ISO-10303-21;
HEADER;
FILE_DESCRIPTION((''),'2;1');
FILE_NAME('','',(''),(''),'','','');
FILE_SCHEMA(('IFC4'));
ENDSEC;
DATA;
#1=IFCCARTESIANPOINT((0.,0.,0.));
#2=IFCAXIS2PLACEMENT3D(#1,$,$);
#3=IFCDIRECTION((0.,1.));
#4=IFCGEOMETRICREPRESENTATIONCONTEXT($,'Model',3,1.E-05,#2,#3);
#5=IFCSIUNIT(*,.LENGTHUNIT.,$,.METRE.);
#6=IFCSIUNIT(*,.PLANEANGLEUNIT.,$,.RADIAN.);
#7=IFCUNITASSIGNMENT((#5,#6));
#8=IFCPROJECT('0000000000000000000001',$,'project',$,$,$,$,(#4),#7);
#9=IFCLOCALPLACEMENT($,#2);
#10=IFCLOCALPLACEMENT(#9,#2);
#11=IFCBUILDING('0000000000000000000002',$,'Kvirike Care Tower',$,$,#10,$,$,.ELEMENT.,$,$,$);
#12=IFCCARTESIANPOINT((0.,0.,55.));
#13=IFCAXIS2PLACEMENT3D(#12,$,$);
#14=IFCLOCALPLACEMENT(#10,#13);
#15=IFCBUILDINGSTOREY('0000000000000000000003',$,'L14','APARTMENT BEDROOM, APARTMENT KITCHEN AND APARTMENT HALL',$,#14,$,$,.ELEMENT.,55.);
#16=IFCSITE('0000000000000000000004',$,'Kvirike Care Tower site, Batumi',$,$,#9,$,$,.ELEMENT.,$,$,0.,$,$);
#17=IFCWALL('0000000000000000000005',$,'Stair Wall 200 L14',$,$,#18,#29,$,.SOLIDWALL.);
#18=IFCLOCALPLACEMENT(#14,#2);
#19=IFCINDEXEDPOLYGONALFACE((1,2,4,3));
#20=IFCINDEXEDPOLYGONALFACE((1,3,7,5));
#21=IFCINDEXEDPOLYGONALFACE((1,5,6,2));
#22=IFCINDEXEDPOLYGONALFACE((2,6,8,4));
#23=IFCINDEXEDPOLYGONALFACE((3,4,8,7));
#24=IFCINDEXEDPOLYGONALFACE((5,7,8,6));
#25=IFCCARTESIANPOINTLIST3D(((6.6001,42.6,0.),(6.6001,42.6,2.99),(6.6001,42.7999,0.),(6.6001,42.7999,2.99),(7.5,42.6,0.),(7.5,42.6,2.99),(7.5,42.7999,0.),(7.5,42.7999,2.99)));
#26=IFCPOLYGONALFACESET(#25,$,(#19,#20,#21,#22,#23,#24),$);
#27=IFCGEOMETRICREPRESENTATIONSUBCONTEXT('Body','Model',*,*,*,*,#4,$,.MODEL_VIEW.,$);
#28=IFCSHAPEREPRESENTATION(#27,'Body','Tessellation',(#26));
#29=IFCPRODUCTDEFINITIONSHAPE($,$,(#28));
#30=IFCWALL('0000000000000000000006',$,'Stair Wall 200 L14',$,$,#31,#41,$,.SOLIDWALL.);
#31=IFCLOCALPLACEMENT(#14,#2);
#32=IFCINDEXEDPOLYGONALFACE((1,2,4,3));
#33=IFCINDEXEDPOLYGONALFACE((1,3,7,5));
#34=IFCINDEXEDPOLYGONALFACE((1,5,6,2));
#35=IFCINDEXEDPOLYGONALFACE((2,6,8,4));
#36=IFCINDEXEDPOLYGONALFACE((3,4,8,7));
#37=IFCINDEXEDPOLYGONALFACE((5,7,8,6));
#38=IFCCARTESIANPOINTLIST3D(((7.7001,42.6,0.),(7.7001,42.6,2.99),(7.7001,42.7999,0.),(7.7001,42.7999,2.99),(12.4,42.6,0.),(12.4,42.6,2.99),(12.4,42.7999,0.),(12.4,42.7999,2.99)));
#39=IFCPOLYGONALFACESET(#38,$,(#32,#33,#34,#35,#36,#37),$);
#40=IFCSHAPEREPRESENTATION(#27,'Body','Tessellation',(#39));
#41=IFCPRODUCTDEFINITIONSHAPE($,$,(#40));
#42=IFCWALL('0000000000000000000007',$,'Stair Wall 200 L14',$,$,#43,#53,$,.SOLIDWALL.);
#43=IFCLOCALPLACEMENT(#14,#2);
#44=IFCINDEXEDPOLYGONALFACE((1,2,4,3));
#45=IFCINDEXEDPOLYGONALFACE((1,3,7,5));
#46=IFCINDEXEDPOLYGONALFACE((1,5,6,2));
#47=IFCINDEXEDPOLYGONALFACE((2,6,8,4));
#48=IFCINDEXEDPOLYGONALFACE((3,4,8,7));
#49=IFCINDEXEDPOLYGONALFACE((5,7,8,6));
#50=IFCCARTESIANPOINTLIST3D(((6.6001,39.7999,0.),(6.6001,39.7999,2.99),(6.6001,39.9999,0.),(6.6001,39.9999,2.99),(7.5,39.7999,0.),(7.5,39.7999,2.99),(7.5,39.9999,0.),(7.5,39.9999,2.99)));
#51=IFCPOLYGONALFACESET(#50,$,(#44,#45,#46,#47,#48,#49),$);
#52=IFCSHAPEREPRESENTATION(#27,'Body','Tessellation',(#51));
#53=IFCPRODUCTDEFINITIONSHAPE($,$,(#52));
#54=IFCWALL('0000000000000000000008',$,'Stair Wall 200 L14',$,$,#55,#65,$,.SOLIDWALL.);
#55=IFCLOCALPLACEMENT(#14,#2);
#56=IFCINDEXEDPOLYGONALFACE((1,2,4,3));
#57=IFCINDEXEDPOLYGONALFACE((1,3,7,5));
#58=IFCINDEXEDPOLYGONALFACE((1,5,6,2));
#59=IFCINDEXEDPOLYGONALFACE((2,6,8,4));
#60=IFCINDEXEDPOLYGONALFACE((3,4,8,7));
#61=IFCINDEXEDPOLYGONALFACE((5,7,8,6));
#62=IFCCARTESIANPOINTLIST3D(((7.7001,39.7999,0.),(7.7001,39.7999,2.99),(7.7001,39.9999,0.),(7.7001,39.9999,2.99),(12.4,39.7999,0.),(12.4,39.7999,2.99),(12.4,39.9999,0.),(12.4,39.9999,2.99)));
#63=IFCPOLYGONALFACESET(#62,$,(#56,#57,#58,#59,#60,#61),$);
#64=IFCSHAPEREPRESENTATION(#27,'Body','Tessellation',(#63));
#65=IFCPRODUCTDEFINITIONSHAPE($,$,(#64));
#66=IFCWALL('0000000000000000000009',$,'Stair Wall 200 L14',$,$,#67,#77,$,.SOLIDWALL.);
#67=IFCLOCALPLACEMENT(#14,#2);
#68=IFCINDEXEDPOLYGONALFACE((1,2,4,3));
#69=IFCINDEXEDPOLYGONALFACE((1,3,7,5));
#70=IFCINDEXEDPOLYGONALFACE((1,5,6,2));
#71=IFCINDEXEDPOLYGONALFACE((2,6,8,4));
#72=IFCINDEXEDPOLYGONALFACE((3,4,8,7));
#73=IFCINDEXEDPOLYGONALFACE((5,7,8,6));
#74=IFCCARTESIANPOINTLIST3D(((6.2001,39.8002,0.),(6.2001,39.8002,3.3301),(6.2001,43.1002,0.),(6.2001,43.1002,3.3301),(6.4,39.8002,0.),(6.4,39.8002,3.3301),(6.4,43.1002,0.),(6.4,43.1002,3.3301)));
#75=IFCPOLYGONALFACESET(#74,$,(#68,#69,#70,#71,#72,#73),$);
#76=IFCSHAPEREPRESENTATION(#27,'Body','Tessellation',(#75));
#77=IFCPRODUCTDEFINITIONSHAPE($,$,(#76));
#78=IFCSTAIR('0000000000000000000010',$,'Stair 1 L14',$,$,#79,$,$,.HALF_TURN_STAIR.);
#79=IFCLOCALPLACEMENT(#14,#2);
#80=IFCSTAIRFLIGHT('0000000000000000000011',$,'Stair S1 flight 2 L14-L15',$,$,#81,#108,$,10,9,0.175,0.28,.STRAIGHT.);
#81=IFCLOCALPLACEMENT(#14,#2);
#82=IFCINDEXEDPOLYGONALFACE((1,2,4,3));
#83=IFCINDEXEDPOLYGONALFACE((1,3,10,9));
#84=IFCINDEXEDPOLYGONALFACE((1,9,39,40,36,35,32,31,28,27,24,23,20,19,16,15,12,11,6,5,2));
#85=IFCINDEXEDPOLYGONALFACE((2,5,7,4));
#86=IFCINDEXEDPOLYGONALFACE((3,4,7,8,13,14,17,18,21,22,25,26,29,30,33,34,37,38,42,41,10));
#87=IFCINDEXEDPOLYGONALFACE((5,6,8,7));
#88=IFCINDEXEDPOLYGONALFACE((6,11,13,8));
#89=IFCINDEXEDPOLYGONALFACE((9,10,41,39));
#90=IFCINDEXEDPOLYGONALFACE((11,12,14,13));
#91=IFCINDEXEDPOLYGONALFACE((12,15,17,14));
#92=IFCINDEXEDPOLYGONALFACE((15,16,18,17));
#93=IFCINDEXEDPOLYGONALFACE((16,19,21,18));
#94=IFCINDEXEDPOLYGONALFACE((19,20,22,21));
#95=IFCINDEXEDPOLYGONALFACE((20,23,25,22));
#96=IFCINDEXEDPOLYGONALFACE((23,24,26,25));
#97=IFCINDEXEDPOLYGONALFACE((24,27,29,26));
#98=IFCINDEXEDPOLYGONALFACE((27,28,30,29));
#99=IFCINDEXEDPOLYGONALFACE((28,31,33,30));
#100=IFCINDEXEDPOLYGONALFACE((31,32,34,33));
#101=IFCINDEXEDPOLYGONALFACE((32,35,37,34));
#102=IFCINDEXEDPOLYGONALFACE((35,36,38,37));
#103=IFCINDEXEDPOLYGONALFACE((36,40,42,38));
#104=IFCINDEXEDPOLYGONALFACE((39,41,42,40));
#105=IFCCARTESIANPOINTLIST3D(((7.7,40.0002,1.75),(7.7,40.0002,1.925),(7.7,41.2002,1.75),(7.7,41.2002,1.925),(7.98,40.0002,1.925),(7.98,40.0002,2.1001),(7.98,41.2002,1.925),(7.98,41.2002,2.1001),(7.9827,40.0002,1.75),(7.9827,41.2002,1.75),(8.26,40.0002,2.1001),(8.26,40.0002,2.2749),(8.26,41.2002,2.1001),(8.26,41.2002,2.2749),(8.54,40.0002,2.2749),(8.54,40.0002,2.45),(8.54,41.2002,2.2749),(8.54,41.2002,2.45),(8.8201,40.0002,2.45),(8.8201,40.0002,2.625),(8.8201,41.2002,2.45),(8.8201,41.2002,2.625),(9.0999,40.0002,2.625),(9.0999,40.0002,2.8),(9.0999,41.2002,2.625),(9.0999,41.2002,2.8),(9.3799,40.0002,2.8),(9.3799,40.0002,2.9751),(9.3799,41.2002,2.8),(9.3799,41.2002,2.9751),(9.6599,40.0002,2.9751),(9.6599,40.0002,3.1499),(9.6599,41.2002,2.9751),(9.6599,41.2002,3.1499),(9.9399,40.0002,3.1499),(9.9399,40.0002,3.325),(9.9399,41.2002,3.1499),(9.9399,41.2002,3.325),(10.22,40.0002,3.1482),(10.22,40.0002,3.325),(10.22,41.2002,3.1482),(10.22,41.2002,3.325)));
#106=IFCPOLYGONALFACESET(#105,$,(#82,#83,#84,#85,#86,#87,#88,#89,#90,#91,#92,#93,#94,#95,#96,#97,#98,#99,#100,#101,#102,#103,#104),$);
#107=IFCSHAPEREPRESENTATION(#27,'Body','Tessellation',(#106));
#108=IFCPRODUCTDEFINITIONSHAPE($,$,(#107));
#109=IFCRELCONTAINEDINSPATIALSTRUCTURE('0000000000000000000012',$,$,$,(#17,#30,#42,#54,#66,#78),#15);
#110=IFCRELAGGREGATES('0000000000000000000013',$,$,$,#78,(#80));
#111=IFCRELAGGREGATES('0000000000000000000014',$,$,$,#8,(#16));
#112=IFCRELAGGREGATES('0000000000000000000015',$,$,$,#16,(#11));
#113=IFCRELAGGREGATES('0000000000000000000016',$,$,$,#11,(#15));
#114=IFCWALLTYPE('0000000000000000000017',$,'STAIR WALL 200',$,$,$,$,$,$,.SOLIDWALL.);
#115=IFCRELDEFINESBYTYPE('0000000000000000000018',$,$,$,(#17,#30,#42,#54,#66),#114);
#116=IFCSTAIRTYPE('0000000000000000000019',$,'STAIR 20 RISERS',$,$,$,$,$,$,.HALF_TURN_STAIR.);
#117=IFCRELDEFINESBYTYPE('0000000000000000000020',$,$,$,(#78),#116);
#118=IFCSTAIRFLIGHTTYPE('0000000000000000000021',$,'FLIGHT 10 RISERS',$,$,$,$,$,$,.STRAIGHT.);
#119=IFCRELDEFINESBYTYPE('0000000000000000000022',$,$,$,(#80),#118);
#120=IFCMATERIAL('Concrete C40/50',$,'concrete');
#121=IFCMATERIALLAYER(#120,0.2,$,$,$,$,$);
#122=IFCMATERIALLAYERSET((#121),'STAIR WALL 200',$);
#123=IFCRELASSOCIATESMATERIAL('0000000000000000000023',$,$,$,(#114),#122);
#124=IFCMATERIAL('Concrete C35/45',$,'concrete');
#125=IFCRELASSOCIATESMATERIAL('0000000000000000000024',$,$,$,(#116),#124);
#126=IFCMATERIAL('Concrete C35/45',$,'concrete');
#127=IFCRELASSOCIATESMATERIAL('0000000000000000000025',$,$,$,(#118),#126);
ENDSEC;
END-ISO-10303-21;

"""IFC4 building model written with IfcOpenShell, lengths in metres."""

from ifc_helpers import new_model, si_unit, direction, frame, frame_2d, origin, place, context, subcontext, project, spatial, polyline, rectangle, outline, extrude, material, layer, layer_set, type_object, element, aggregate, save


model = new_model("IFC4")

# Units and contexts
model_context = context("Model", 3, precision=1e-05, world=origin(), true_north=direction((0.0, 1.0)))
body_context = subcontext(model_context, "Body", "Model", "MODEL_VIEW")
ifc_project = project(units=[si_unit("LENGTHUNIT", "METRE"), si_unit("PLANEANGLEUNIT", "RADIAN")], contexts=[model_context])

# Site, building, storey
site_placement = place(None, origin())
site = spatial("IfcSite", under=ifc_project, at=site_placement, Name="Kvirike Care Tower site, Batumi", CompositionType="ELEMENT", RefElevation=0.0)
building_placement = place(site_placement, origin())
building = spatial("IfcBuilding", under=site, at=building_placement, Name="Kvirike Care Tower", CompositionType="ELEMENT")
storey_placement = place(building_placement, frame((0.0, 0.0, 55.0)))
storey = spatial("IfcBuildingStorey", under=building, at=storey_placement, Name="L14", Description="APARTMENT BEDROOM, APARTMENT KITCHEN AND APARTMENT HALL", CompositionType="ELEMENT", Elevation=55.0)

# Walls
ifc_material_1 = material(Name="Concrete C40/50", Category="concrete")
ifc_layer_1 = layer(ifc_material_1, 0.2)
ifc_layer_set_1 = layer_set([ifc_layer_1], Name="STAIR WALL 200")
wall_type_1 = type_object("IfcWallType", Name="STAIR WALL 200", PredefinedType="SOLIDWALL", material=ifc_layer_set_1)
wall_1_placement = place(storey_placement, frame((6.6001, 42.7, 0.0), z_axis=(0.0, 0.0, 1.0), x_axis=(1.0, 0.0, 0.0)))
element("IfcWall", 1, at=wall_1_placement, inside=storey, type_object=wall_type_1, Name="Stair Wall 200 L14", PredefinedType="SOLIDWALL", context=body_context, shape_type="SweptSolid", body=[
    extrude(rectangle(XDim=0.8999, YDim=0.2, at=frame_2d((0.45, 0.0))), origin(), (0.0, 0.0, 1.0), 2.99),
])
wall_2_placement = place(storey_placement, frame((7.7, 42.7, 0.0), z_axis=(0.0, 0.0, 1.0), x_axis=(1.0, 0.0, 0.0)))
element("IfcWall", 2, at=wall_2_placement, inside=storey, type_object=wall_type_1, Name="Stair Wall 200 L14", PredefinedType="SOLIDWALL", context=body_context, shape_type="SweptSolid", body=[
    extrude(rectangle(XDim=4.7, YDim=0.2, at=frame_2d((2.3501, 0.0))), origin(), (0.0, 0.0, 1.0), 2.99),
])
wall_3_placement = place(storey_placement, frame((6.6001, 39.8999, 0.0), z_axis=(0.0, 0.0, 1.0), x_axis=(1.0, 0.0, 0.0)))
element("IfcWall", 3, at=wall_3_placement, inside=storey, type_object=wall_type_1, Name="Stair Wall 200 L14", PredefinedType="SOLIDWALL", context=body_context, shape_type="SweptSolid", body=[
    extrude(rectangle(XDim=0.8999, YDim=0.2, at=frame_2d((0.45, 0.0))), origin(), (0.0, 0.0, 1.0), 2.99),
])
wall_4_placement = place(storey_placement, frame((7.7, 39.8999, 0.0), z_axis=(0.0, 0.0, 1.0), x_axis=(1.0, 0.0, 0.0)))
element("IfcWall", 4, at=wall_4_placement, inside=storey, type_object=wall_type_1, Name="Stair Wall 200 L14", PredefinedType="SOLIDWALL", context=body_context, shape_type="SweptSolid", body=[
    extrude(rectangle(XDim=4.7, YDim=0.2, at=frame_2d((2.3501, 0.0))), origin(), (0.0, 0.0, 1.0), 2.99),
])
wall_5_placement = place(storey_placement, frame((6.3, 43.1001, 0.0), z_axis=(0.0, 0.0, 1.0), x_axis=(0.0, -1.0, 0.0)))
element("IfcWall", 5, at=wall_5_placement, inside=storey, type_object=wall_type_1, Name="Stair Wall 200 L14", PredefinedType="SOLIDWALL", context=body_context, shape_type="SweptSolid", body=[
    extrude(rectangle(XDim=3.3, YDim=0.2, at=frame_2d((1.6499, 0.0))), origin(), (0.0, 0.0, 1.0), 3.3301),
])

# Stair, stair flight
ifc_material_2 = material(Name="Concrete C35/45", Category="concrete")
stair_type = type_object("IfcStairType", Name="STAIR 20 RISERS", PredefinedType="HALF_TURN_STAIR", material=ifc_material_2)
stair_placement = place(storey_placement, origin())
stair = element("IfcStair", 6, at=stair_placement, inside=storey, type_object=stair_type, Name="Stair 1 L14", PredefinedType="HALF_TURN_STAIR")
ifc_material_3 = material(Name="Concrete C35/45", Category="concrete")
stair_flight_type = type_object("IfcStairFlightType", Name="FLIGHT 10 RISERS", PredefinedType="STRAIGHT", material=ifc_material_3)
stair_flight_placement = place(storey_placement, frame((7.7, 40.6001, 1.75), z_axis=(0.0, 0.0, 1.0), x_axis=(1.0, 0.0, 0.0)))
stair_flight = element("IfcStairFlight", 7, at=stair_flight_placement, type_object=stair_flight_type, Name="Stair S1 flight 2 L14-L15", NumberOfRisers=10, NumberOfTreads=9, PredefinedType="STRAIGHT", RiserHeight=0.175, TreadLength=0.28, context=body_context, shape_type="SweptSolid", body=[
    extrude(outline(polyline([(0.0, 0.0), (0.0, 0.175), (0.28, 0.175), (0.28, 0.3501), (0.5601, 0.3501), (0.5601, 0.5249), (0.8401, 0.5249), (0.8401, 0.7), (1.1201, 0.7), (1.1201, 0.875), (1.3999, 0.875), (1.3999, 1.05), (1.6799, 1.05), (1.6799, 1.2251), (1.96, 1.2251), (1.96, 1.3999), (2.24, 1.3999), (2.24, 1.575), (2.52, 1.575), (2.52, 1.75), (2.52, 1.3982), (0.2827, 0.0), (0.0, 0.0)])), frame((0.0, 0.6001, 0.0), z_axis=(0.0, -1.0, 0.0), x_axis=(1.0, 0.0, 0.0)), (0.0, 0.0, 1.0), 1.2),
])
aggregate(stair, [stair_flight])

save(model, "model.ifc")
